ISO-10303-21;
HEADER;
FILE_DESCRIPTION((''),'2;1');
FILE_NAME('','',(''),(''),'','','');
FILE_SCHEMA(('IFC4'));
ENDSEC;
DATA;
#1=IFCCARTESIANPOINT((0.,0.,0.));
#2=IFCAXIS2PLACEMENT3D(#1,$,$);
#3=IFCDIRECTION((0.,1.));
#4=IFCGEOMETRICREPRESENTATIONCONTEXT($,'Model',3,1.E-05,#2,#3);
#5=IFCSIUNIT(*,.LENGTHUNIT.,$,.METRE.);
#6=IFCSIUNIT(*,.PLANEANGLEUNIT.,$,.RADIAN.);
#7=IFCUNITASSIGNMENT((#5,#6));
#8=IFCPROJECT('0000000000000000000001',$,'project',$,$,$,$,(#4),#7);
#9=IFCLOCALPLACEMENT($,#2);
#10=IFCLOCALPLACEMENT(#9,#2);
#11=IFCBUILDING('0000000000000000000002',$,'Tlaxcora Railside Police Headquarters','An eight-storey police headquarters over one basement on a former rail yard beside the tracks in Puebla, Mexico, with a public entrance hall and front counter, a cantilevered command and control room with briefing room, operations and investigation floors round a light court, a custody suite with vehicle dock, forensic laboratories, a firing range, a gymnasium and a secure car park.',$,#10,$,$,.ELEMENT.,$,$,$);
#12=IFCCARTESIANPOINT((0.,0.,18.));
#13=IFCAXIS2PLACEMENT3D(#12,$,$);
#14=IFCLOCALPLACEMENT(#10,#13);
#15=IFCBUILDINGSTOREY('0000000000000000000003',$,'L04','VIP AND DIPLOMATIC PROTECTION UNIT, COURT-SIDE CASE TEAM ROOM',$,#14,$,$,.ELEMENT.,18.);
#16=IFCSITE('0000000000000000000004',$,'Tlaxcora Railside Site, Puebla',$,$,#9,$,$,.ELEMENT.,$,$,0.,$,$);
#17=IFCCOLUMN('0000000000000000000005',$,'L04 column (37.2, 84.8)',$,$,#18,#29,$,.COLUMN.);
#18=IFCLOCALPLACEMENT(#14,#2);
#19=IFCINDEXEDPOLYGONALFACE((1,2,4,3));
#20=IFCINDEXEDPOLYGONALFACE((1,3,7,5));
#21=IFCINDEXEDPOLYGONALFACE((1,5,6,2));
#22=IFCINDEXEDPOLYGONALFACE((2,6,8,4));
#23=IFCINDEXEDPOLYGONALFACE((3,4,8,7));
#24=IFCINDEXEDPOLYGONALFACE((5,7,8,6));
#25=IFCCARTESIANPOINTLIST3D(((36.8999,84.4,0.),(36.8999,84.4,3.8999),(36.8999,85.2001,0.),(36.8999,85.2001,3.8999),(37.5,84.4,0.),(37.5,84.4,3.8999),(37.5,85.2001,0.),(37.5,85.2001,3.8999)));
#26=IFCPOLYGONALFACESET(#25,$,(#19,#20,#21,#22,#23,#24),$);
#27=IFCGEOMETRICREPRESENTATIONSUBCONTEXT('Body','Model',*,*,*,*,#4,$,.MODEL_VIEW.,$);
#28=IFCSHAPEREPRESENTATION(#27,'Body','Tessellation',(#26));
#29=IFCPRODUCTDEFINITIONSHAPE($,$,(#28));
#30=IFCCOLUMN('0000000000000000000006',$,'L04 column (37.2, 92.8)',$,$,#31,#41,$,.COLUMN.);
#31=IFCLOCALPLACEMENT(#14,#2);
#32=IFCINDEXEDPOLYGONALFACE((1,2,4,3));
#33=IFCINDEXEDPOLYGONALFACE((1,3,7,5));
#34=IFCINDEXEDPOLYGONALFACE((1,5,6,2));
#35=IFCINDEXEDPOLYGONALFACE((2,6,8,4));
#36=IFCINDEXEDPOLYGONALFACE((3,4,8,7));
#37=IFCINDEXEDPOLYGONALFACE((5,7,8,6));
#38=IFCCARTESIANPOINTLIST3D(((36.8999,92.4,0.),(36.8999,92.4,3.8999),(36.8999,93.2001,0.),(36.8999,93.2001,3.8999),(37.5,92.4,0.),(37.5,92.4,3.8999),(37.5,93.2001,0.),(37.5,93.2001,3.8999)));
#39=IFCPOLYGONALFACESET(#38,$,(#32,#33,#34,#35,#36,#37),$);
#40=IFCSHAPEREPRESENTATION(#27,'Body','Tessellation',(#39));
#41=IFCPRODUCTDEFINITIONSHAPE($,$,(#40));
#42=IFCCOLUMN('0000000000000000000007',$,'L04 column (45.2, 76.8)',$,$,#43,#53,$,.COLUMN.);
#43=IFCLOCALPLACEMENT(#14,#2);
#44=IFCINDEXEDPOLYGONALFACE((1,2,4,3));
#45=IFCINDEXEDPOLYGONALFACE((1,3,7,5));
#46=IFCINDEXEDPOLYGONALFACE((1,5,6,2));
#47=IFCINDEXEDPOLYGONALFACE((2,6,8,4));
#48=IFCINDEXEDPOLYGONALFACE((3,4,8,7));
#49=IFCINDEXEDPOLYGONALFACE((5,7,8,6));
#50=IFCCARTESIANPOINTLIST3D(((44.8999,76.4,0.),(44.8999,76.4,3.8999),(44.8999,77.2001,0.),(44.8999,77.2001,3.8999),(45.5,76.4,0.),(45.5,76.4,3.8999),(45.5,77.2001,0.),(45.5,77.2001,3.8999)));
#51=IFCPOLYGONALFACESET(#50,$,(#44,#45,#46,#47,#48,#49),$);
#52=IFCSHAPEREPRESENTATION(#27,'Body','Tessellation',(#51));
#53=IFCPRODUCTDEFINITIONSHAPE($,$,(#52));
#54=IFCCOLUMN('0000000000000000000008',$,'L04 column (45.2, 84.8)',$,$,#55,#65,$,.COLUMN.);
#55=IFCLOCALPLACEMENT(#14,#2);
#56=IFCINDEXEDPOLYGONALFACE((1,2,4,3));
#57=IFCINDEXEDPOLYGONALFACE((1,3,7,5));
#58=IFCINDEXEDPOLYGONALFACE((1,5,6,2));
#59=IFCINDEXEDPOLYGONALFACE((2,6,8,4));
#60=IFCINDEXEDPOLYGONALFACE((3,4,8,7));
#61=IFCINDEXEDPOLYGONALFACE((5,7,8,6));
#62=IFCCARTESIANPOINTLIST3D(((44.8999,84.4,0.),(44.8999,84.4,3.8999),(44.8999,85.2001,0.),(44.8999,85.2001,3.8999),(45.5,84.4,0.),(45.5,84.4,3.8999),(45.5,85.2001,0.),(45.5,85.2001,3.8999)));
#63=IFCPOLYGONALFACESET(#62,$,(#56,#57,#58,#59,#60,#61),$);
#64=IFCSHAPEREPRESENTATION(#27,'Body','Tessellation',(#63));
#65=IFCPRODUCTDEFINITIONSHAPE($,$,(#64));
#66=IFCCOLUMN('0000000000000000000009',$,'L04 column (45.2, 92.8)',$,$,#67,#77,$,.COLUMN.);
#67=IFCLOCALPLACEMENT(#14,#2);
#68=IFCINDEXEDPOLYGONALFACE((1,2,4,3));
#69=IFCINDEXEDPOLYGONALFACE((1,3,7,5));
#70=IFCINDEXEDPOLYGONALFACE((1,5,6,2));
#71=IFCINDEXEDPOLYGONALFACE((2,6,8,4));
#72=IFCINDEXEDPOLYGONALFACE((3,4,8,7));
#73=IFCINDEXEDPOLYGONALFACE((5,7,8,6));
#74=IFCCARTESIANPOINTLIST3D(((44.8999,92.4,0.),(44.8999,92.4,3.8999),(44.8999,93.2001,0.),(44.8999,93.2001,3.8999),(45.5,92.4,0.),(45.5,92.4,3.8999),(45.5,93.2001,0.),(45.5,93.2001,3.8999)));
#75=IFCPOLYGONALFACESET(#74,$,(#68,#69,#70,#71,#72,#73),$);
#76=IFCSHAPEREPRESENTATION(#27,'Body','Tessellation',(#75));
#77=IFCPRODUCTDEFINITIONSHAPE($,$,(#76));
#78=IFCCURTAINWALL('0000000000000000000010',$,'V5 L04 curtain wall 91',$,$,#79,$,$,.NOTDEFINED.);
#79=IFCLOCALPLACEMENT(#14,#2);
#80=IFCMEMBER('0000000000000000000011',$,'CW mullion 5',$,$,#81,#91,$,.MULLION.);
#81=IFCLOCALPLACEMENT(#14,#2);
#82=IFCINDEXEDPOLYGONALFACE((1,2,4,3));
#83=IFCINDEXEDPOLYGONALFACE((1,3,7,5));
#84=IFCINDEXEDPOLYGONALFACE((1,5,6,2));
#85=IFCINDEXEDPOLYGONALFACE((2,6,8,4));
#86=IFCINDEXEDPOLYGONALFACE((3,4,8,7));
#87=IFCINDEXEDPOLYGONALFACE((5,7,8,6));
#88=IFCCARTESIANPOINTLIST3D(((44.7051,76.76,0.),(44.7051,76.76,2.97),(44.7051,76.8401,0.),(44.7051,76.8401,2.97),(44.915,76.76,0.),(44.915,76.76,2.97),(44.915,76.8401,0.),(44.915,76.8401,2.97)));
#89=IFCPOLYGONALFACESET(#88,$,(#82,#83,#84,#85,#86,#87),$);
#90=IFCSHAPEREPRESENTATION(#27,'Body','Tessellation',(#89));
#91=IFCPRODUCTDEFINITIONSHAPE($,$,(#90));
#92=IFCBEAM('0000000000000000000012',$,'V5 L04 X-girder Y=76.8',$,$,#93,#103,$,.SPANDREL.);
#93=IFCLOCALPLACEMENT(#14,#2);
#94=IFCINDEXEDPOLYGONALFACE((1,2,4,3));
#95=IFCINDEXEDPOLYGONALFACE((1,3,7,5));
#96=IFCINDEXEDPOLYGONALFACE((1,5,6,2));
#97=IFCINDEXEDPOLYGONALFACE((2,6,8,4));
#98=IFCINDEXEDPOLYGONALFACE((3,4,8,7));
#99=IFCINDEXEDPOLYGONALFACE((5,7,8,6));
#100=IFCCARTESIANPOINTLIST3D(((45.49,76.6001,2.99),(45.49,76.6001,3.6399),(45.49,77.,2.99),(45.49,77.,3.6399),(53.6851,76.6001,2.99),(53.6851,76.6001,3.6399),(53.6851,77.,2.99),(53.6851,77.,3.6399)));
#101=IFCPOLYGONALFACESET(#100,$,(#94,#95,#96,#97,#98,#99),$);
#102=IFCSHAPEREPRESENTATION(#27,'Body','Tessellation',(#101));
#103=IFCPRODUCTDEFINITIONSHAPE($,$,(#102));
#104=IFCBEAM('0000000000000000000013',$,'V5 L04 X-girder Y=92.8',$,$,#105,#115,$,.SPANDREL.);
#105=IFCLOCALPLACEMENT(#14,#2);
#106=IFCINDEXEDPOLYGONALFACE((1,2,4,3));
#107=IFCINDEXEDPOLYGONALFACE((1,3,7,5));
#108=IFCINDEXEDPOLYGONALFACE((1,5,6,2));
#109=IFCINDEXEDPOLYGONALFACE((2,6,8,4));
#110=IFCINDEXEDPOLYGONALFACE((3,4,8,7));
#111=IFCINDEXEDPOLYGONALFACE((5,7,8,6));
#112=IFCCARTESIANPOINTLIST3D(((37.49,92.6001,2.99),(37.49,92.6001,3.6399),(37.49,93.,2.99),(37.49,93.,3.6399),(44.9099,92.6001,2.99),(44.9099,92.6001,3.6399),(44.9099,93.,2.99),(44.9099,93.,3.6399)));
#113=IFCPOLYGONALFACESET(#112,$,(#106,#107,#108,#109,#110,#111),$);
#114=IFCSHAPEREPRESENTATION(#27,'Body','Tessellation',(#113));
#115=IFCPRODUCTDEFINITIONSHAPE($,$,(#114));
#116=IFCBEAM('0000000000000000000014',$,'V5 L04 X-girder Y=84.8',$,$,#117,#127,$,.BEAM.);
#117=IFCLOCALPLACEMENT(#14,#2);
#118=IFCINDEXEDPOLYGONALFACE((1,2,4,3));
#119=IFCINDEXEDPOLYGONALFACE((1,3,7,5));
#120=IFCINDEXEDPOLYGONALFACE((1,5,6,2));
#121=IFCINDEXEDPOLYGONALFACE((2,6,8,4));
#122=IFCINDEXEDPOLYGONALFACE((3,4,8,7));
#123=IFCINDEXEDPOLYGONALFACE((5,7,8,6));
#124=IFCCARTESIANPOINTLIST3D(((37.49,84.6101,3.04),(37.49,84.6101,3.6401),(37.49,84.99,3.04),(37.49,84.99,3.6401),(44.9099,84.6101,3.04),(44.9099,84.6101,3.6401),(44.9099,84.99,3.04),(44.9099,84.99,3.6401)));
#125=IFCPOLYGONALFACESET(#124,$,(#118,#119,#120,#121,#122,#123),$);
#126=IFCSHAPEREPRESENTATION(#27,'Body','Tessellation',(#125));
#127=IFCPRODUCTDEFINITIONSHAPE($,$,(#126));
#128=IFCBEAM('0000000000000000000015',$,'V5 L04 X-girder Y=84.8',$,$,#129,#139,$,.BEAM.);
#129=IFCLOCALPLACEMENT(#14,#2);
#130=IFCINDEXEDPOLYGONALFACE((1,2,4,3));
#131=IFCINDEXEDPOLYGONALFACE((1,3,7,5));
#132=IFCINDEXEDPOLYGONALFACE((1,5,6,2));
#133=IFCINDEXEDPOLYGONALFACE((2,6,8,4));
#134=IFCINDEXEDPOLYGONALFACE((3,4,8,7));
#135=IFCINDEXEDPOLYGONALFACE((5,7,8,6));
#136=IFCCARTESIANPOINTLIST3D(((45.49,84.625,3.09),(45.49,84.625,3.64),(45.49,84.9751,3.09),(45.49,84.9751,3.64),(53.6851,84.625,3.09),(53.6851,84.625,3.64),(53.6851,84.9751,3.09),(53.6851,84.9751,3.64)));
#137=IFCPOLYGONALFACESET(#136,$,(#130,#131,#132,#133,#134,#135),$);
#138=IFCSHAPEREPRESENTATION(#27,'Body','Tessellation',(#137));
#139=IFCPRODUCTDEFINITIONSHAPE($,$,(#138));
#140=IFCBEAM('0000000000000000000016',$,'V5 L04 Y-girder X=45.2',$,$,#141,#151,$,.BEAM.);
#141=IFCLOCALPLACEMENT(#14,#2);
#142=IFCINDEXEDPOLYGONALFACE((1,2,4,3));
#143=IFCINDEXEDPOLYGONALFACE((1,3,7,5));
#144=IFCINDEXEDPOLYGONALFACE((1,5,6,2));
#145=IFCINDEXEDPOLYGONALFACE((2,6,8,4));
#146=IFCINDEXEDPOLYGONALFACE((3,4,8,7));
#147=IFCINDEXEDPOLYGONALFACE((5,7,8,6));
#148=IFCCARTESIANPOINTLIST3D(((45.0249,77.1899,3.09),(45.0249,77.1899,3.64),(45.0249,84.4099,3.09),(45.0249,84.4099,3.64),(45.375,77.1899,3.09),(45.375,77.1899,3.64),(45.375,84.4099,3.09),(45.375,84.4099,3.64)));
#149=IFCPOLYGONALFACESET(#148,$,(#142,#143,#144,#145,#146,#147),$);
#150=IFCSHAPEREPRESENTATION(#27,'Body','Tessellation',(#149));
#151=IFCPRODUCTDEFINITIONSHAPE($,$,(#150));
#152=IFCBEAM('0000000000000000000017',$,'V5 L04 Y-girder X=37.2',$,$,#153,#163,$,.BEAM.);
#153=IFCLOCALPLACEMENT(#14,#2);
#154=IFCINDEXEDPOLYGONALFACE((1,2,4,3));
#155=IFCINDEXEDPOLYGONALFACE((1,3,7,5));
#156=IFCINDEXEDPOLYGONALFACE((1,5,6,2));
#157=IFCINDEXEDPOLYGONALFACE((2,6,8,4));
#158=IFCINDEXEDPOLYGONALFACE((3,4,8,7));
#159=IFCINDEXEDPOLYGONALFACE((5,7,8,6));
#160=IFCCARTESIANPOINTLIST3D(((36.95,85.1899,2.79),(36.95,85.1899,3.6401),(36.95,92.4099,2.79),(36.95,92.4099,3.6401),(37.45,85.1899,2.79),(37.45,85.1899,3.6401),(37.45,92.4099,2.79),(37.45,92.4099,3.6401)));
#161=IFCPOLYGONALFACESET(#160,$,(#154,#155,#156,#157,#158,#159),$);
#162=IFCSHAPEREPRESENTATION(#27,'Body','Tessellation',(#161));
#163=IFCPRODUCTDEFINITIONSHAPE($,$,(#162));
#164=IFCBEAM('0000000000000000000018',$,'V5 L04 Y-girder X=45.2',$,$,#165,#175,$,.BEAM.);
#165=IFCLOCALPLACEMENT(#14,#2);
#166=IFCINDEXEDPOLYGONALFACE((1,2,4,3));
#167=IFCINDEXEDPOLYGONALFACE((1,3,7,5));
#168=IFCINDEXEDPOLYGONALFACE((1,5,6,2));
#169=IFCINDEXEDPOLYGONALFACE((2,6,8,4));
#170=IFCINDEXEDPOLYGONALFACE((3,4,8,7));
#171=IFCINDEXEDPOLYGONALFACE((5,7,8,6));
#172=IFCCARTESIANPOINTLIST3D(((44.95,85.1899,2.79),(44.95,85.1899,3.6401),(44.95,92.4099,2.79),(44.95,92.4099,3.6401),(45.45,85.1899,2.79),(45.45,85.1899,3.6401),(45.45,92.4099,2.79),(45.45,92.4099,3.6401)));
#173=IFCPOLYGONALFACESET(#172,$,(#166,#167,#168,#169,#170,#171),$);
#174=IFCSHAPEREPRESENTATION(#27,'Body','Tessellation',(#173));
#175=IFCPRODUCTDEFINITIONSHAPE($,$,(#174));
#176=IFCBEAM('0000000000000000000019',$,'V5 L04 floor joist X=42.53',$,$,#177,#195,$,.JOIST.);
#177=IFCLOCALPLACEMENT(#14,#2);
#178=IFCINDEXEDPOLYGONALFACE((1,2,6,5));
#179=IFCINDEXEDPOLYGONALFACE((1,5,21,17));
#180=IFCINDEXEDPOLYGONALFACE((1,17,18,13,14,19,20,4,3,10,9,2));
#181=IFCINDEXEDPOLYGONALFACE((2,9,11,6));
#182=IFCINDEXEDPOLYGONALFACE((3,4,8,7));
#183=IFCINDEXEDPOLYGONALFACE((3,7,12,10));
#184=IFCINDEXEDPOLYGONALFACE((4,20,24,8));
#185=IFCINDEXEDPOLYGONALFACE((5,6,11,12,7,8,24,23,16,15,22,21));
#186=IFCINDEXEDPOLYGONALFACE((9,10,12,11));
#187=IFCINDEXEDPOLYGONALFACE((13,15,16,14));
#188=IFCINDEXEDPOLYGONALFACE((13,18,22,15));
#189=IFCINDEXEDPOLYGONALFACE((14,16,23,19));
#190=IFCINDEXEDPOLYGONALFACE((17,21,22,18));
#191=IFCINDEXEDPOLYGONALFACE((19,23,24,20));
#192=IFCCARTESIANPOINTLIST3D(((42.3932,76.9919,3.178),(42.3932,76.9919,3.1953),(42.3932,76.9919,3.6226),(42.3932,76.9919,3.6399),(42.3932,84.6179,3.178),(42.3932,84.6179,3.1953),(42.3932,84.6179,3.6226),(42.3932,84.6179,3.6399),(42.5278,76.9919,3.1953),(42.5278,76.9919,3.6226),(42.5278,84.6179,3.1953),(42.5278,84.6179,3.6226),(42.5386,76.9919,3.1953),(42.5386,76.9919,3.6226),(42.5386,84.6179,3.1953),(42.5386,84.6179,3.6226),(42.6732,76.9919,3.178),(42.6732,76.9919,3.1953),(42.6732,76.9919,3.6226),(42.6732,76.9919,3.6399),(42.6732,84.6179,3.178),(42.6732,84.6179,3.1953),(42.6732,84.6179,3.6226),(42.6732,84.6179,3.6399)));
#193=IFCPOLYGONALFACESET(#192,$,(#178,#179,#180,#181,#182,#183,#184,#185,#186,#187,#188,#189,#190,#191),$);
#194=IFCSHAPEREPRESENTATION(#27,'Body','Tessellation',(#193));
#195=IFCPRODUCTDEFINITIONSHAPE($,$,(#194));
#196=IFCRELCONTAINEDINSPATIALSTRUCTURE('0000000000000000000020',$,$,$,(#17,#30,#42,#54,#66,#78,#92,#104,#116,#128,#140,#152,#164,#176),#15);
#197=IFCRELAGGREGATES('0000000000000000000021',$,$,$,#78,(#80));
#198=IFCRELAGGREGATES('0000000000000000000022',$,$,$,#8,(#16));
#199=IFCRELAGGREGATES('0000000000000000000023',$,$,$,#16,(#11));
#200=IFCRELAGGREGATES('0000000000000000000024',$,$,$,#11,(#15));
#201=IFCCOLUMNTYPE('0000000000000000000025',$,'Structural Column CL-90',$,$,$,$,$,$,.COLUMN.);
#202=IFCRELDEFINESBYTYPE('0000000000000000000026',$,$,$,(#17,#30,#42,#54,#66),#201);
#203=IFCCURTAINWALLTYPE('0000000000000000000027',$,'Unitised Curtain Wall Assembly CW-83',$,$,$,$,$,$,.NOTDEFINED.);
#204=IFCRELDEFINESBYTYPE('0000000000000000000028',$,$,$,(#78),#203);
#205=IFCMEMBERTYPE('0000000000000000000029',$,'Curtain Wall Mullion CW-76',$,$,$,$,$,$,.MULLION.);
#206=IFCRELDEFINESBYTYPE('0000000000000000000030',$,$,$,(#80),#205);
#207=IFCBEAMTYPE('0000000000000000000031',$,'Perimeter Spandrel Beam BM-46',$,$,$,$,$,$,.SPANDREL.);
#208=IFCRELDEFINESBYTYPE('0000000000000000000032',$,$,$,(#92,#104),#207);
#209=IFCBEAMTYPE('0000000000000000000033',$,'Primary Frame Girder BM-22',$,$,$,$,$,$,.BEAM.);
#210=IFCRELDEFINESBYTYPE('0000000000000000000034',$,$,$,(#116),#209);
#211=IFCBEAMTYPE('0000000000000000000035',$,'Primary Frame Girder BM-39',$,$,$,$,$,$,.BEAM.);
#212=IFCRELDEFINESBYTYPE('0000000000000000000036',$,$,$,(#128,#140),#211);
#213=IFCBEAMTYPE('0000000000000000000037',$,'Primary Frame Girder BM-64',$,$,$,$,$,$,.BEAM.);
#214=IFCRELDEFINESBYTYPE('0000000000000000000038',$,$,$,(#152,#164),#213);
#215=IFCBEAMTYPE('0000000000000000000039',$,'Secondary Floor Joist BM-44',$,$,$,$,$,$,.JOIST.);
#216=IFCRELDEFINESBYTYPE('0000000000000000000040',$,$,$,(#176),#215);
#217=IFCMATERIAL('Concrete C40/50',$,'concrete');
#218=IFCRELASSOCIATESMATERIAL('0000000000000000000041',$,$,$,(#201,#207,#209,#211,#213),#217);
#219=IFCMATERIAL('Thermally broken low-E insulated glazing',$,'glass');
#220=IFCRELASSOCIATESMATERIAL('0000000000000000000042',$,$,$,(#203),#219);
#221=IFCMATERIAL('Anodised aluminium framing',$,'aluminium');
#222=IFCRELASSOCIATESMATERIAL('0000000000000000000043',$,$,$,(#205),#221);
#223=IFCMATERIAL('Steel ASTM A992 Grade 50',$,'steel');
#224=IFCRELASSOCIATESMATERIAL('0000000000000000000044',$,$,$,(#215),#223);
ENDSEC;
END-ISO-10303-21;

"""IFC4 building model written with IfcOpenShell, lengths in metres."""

from ifc_helpers import new_model, si_unit, direction, frame, origin, origin_2d, place, context, subcontext, project, spatial, rectangle, i_section, extrude, material, material_profile, profile_set, type_object, element, aggregate, save


model = new_model("IFC4")

# Units and contexts
model_context = context("Model", 3, precision=1e-05, world=origin(), true_north=direction((0.0, 1.0)))
body_context = subcontext(model_context, "Body", "Model", "MODEL_VIEW")
ifc_project = project(units=[si_unit("LENGTHUNIT", "METRE"), si_unit("PLANEANGLEUNIT", "RADIAN")], contexts=[model_context])

# Site, building, storey
site_placement = place(None, origin())
site = spatial("IfcSite", under=ifc_project, at=site_placement, Name="Tlaxcora Railside Site, Puebla", CompositionType="ELEMENT", RefElevation=0.0)
building_placement = place(site_placement, origin())
building = spatial("IfcBuilding", under=site, at=building_placement, Name="Tlaxcora Railside Police Headquarters", Description="An eight-storey police headquarters over one basement on a former rail yard beside the tracks in Puebla, Mexico, with a public entrance hall and front counter, a cantilevered command and control room with briefing room, operations and investigation floors round a light court, a custody suite with vehicle dock, forensic laboratories, a firing range, a gymnasium and a secure car park.", CompositionType="ELEMENT")
storey_placement = place(building_placement, frame((0.0, 0.0, 18.0)))
storey = spatial("IfcBuildingStorey", under=building, at=storey_placement, Name="L04", Description="VIP AND DIPLOMATIC PROTECTION UNIT, COURT-SIDE CASE TEAM ROOM", CompositionType="ELEMENT", Elevation=18.0)

# Columns
ifc_material_1 = material(Name="Concrete C40/50", Category="concrete")
ifc_material_profile_1 = material_profile(ifc_material_1, rectangle(XDim=0.6001, YDim=0.8, at=origin_2d()), Name="RC600X800")
ifc_profile_set_1 = profile_set([ifc_material_profile_1], Name="Concrete C40/50")
column_type = type_object("IfcColumnType", Name="Structural Column CL-90", PredefinedType="COLUMN", material=ifc_profile_set_1)
for number, where, z_axis, x_axis, name in (
    (1, (37.2, 84.8, 0.0), (0.0, 0.0, 1.0), (1.0, 0.0, 0.0), "L04 column (37.2, 84.8)"),
    (2, (37.2, 92.8, 0.0), (0.0, 0.0, 1.0), (1.0, 0.0, 0.0), "L04 column (37.2, 92.8)"),
    (3, (45.2, 76.8, 0.0), (0.0, 0.0, 1.0), (1.0, 0.0, 0.0), "L04 column (45.2, 76.8)"),
    (4, (45.2, 84.8, 0.0), (0.0, 0.0, 1.0), (1.0, 0.0, 0.0), "L04 column (45.2, 84.8)"),
    (5, (45.2, 92.8, 0.0), (0.0, 0.0, 1.0), (1.0, 0.0, 0.0), "L04 column (45.2, 92.8)"),
):
    element("IfcColumn", number, at=place(storey_placement, frame(where, z_axis=z_axis, x_axis=x_axis)), inside=storey, type_object=column_type, Name=name, PredefinedType="COLUMN", context=body_context, shape_type="SweptSolid", body=[
        extrude(rectangle(XDim=0.6001, YDim=0.8, at=origin_2d()), origin(), (0.0, 0.0, 1.0), 3.8999),
    ])

# Curtain wall, member
ifc_material_2 = material(Name="Thermally broken low-E insulated glazing", Category="glass")
curtain_wall_type = type_object("IfcCurtainWallType", Name="Unitised Curtain Wall Assembly CW-83", PredefinedType="NOTDEFINED", material=ifc_material_2)
curtain_wall_placement = place(storey_placement, origin())
curtain_wall = element("IfcCurtainWall", 6, at=curtain_wall_placement, inside=storey, type_object=curtain_wall_type, Name="V5 L04 curtain wall 91", PredefinedType="NOTDEFINED")
ifc_material_3 = material(Name="Anodised aluminium framing", Category="aluminium")
ifc_material_profile_2 = material_profile(ifc_material_3, rectangle(XDim=0.0801, YDim=0.21, at=origin_2d()), Name="AL80X210")
ifc_profile_set_2 = profile_set([ifc_material_profile_2], Name="Anodised aluminium framing")
member_type = type_object("IfcMemberType", Name="Curtain Wall Mullion CW-76", PredefinedType="MULLION", material=ifc_profile_set_2)
member_placement = place(storey_placement, frame((44.8101, 76.8, 0.0), z_axis=(0.0, 0.0, 1.0), x_axis=(0.0, 1.0, 0.0)))
member = element("IfcMember", 7, at=member_placement, type_object=member_type, Name="CW mullion 5", PredefinedType="MULLION", context=body_context, shape_type="SweptSolid", body=[
    extrude(rectangle(XDim=0.0801, YDim=0.21, at=origin_2d()), origin(), (0.0, 0.0, 1.0), 2.97),
])

# Beams
ifc_material_profile_3 = material_profile(ifc_material_1, rectangle(XDim=0.3999, YDim=0.6499, at=origin_2d()), Name="RC400X650")
ifc_profile_set_3 = profile_set([ifc_material_profile_3], Name="Concrete C40/50")
beam_type_1 = type_object("IfcBeamType", Name="Perimeter Spandrel Beam BM-46", PredefinedType="SPANDREL", material=ifc_profile_set_3)
beam_1_placement = place(storey_placement, frame((45.49, 76.8, 3.3149), z_axis=(1.0, 0.0, 0.0), x_axis=(0.0, 1.0, 0.0)))
element("IfcBeam", 8, at=beam_1_placement, inside=storey, type_object=beam_type_1, Name="V5 L04 X-girder Y=76.8", PredefinedType="SPANDREL", context=body_context, shape_type="SweptSolid", body=[
    extrude(rectangle(XDim=0.3999, YDim=0.6499, at=origin_2d()), origin(), (0.0, 0.0, 1.0), 8.1951),
])
beam_2_placement = place(storey_placement, frame((37.49, 92.8, 3.3149), z_axis=(1.0, 0.0, 0.0), x_axis=(0.0, 1.0, 0.0)))
element("IfcBeam", 9, at=beam_2_placement, inside=storey, type_object=beam_type_1, Name="V5 L04 X-girder Y=92.8", PredefinedType="SPANDREL", context=body_context, shape_type="SweptSolid", body=[
    extrude(rectangle(XDim=0.3999, YDim=0.6499, at=origin_2d()), origin(), (0.0, 0.0, 1.0), 7.4199),
])
ifc_material_profile_4 = material_profile(ifc_material_1, rectangle(XDim=0.3799, YDim=0.6001, at=origin_2d()), Name="RC380X600")
ifc_profile_set_4 = profile_set([ifc_material_profile_4], Name="Concrete C40/50")
beam_type_2 = type_object("IfcBeamType", Name="Primary Frame Girder BM-22", PredefinedType="BEAM", material=ifc_profile_set_4)
beam_3_placement = place(storey_placement, frame((37.49, 84.8, 3.3401), z_axis=(1.0, 0.0, 0.0), x_axis=(0.0, 1.0, 0.0)))
element("IfcBeam", 10, at=beam_3_placement, inside=storey, type_object=beam_type_2, Name="V5 L04 X-girder Y=84.8", PredefinedType="BEAM", context=body_context, shape_type="SweptSolid", body=[
    extrude(rectangle(XDim=0.3799, YDim=0.6001, at=origin_2d()), origin(), (0.0, 0.0, 1.0), 7.4199),
])
ifc_material_profile_5 = material_profile(ifc_material_1, rectangle(XDim=0.3501, YDim=0.55, at=origin_2d()), Name="RC350X550")
ifc_profile_set_5 = profile_set([ifc_material_profile_5], Name="Concrete C40/50")
beam_type_3 = type_object("IfcBeamType", Name="Primary Frame Girder BM-39", PredefinedType="BEAM", material=ifc_profile_set_5)
beam_4_placement = place(storey_placement, frame((45.49, 84.8, 3.365), z_axis=(1.0, 0.0, 0.0), x_axis=(0.0, 1.0, 0.0)))
element("IfcBeam", 11, at=beam_4_placement, inside=storey, type_object=beam_type_3, Name="V5 L04 X-girder Y=84.8", PredefinedType="BEAM", context=body_context, shape_type="SweptSolid", body=[
    extrude(rectangle(XDim=0.3501, YDim=0.55, at=origin_2d()), origin(), (0.0, 0.0, 1.0), 8.1951),
])
beam_5_placement = place(storey_placement, frame((45.2, 77.1899, 3.365), z_axis=(0.0, 1.0, 0.0), x_axis=(-1.0, 0.0, 0.0)))
element("IfcBeam", 12, at=beam_5_placement, inside=storey, type_object=beam_type_3, Name="V5 L04 Y-girder X=45.2", PredefinedType="BEAM", context=body_context, shape_type="SweptSolid", body=[
    extrude(rectangle(XDim=0.3501, YDim=0.55, at=origin_2d()), origin(), (0.0, 0.0, 1.0), 7.22),
])
ifc_material_profile_6 = material_profile(ifc_material_1, rectangle(XDim=0.5, YDim=0.8501, at=origin_2d()), Name="RC500X850")
ifc_profile_set_6 = profile_set([ifc_material_profile_6], Name="Concrete C40/50")
beam_type_4 = type_object("IfcBeamType", Name="Primary Frame Girder BM-64", PredefinedType="BEAM", material=ifc_profile_set_6)
for number, where, z_axis, x_axis, name in (
    (13, (37.2, 85.1899, 3.2151), (0.0, 1.0, 0.0), (-1.0, 0.0, 0.0), "V5 L04 Y-girder X=37.2"),
    (14, (45.2, 85.1899, 3.2151), (0.0, 1.0, 0.0), (-1.0, 0.0, 0.0), "V5 L04 Y-girder X=45.2"),
):
    element("IfcBeam", number, at=place(storey_placement, frame(where, z_axis=z_axis, x_axis=x_axis)), inside=storey, type_object=beam_type_4, Name=name, PredefinedType="BEAM", context=body_context, shape_type="SweptSolid", body=[
        extrude(rectangle(XDim=0.5, YDim=0.8501, at=origin_2d()), origin(), (0.0, 0.0, 1.0), 7.22),
    ])
ifc_material_4 = material(Name="Steel ASTM A992 Grade 50", Category="steel")
ifc_material_profile_7 = material_profile(ifc_material_4, i_section(OverallWidth=0.28, OverallDepth=0.4619, WebThickness=0.0107, FlangeThickness=0.0173, at=origin_2d()), Name="W18X76")
ifc_profile_set_7 = profile_set([ifc_material_profile_7], Name="Steel ASTM A992 Grade 50")
beam_type_5 = type_object("IfcBeamType", Name="Secondary Floor Joist BM-44", PredefinedType="JOIST", material=ifc_profile_set_7)
for number, where, z_axis, x_axis, name in (
    (15, (42.5332, 76.9919, 3.4089), (0.0, 1.0, 0.0), (-1.0, 0.0, 0.0), "V5 L04 floor joist X=42.53"),
):
    element("IfcBeam", number, at=place(storey_placement, frame(where, z_axis=z_axis, x_axis=x_axis)), inside=storey, type_object=beam_type_5, Name=name, PredefinedType="JOIST", context=body_context, shape_type="SweptSolid", body=[
        extrude(i_section(OverallWidth=0.28, OverallDepth=0.4619, WebThickness=0.0107, FlangeThickness=0.0173, at=origin_2d()), origin(), (0.0, 0.0, 1.0), 7.626),
    ])

aggregate(curtain_wall, [member])

save(model, "model.ifc")
